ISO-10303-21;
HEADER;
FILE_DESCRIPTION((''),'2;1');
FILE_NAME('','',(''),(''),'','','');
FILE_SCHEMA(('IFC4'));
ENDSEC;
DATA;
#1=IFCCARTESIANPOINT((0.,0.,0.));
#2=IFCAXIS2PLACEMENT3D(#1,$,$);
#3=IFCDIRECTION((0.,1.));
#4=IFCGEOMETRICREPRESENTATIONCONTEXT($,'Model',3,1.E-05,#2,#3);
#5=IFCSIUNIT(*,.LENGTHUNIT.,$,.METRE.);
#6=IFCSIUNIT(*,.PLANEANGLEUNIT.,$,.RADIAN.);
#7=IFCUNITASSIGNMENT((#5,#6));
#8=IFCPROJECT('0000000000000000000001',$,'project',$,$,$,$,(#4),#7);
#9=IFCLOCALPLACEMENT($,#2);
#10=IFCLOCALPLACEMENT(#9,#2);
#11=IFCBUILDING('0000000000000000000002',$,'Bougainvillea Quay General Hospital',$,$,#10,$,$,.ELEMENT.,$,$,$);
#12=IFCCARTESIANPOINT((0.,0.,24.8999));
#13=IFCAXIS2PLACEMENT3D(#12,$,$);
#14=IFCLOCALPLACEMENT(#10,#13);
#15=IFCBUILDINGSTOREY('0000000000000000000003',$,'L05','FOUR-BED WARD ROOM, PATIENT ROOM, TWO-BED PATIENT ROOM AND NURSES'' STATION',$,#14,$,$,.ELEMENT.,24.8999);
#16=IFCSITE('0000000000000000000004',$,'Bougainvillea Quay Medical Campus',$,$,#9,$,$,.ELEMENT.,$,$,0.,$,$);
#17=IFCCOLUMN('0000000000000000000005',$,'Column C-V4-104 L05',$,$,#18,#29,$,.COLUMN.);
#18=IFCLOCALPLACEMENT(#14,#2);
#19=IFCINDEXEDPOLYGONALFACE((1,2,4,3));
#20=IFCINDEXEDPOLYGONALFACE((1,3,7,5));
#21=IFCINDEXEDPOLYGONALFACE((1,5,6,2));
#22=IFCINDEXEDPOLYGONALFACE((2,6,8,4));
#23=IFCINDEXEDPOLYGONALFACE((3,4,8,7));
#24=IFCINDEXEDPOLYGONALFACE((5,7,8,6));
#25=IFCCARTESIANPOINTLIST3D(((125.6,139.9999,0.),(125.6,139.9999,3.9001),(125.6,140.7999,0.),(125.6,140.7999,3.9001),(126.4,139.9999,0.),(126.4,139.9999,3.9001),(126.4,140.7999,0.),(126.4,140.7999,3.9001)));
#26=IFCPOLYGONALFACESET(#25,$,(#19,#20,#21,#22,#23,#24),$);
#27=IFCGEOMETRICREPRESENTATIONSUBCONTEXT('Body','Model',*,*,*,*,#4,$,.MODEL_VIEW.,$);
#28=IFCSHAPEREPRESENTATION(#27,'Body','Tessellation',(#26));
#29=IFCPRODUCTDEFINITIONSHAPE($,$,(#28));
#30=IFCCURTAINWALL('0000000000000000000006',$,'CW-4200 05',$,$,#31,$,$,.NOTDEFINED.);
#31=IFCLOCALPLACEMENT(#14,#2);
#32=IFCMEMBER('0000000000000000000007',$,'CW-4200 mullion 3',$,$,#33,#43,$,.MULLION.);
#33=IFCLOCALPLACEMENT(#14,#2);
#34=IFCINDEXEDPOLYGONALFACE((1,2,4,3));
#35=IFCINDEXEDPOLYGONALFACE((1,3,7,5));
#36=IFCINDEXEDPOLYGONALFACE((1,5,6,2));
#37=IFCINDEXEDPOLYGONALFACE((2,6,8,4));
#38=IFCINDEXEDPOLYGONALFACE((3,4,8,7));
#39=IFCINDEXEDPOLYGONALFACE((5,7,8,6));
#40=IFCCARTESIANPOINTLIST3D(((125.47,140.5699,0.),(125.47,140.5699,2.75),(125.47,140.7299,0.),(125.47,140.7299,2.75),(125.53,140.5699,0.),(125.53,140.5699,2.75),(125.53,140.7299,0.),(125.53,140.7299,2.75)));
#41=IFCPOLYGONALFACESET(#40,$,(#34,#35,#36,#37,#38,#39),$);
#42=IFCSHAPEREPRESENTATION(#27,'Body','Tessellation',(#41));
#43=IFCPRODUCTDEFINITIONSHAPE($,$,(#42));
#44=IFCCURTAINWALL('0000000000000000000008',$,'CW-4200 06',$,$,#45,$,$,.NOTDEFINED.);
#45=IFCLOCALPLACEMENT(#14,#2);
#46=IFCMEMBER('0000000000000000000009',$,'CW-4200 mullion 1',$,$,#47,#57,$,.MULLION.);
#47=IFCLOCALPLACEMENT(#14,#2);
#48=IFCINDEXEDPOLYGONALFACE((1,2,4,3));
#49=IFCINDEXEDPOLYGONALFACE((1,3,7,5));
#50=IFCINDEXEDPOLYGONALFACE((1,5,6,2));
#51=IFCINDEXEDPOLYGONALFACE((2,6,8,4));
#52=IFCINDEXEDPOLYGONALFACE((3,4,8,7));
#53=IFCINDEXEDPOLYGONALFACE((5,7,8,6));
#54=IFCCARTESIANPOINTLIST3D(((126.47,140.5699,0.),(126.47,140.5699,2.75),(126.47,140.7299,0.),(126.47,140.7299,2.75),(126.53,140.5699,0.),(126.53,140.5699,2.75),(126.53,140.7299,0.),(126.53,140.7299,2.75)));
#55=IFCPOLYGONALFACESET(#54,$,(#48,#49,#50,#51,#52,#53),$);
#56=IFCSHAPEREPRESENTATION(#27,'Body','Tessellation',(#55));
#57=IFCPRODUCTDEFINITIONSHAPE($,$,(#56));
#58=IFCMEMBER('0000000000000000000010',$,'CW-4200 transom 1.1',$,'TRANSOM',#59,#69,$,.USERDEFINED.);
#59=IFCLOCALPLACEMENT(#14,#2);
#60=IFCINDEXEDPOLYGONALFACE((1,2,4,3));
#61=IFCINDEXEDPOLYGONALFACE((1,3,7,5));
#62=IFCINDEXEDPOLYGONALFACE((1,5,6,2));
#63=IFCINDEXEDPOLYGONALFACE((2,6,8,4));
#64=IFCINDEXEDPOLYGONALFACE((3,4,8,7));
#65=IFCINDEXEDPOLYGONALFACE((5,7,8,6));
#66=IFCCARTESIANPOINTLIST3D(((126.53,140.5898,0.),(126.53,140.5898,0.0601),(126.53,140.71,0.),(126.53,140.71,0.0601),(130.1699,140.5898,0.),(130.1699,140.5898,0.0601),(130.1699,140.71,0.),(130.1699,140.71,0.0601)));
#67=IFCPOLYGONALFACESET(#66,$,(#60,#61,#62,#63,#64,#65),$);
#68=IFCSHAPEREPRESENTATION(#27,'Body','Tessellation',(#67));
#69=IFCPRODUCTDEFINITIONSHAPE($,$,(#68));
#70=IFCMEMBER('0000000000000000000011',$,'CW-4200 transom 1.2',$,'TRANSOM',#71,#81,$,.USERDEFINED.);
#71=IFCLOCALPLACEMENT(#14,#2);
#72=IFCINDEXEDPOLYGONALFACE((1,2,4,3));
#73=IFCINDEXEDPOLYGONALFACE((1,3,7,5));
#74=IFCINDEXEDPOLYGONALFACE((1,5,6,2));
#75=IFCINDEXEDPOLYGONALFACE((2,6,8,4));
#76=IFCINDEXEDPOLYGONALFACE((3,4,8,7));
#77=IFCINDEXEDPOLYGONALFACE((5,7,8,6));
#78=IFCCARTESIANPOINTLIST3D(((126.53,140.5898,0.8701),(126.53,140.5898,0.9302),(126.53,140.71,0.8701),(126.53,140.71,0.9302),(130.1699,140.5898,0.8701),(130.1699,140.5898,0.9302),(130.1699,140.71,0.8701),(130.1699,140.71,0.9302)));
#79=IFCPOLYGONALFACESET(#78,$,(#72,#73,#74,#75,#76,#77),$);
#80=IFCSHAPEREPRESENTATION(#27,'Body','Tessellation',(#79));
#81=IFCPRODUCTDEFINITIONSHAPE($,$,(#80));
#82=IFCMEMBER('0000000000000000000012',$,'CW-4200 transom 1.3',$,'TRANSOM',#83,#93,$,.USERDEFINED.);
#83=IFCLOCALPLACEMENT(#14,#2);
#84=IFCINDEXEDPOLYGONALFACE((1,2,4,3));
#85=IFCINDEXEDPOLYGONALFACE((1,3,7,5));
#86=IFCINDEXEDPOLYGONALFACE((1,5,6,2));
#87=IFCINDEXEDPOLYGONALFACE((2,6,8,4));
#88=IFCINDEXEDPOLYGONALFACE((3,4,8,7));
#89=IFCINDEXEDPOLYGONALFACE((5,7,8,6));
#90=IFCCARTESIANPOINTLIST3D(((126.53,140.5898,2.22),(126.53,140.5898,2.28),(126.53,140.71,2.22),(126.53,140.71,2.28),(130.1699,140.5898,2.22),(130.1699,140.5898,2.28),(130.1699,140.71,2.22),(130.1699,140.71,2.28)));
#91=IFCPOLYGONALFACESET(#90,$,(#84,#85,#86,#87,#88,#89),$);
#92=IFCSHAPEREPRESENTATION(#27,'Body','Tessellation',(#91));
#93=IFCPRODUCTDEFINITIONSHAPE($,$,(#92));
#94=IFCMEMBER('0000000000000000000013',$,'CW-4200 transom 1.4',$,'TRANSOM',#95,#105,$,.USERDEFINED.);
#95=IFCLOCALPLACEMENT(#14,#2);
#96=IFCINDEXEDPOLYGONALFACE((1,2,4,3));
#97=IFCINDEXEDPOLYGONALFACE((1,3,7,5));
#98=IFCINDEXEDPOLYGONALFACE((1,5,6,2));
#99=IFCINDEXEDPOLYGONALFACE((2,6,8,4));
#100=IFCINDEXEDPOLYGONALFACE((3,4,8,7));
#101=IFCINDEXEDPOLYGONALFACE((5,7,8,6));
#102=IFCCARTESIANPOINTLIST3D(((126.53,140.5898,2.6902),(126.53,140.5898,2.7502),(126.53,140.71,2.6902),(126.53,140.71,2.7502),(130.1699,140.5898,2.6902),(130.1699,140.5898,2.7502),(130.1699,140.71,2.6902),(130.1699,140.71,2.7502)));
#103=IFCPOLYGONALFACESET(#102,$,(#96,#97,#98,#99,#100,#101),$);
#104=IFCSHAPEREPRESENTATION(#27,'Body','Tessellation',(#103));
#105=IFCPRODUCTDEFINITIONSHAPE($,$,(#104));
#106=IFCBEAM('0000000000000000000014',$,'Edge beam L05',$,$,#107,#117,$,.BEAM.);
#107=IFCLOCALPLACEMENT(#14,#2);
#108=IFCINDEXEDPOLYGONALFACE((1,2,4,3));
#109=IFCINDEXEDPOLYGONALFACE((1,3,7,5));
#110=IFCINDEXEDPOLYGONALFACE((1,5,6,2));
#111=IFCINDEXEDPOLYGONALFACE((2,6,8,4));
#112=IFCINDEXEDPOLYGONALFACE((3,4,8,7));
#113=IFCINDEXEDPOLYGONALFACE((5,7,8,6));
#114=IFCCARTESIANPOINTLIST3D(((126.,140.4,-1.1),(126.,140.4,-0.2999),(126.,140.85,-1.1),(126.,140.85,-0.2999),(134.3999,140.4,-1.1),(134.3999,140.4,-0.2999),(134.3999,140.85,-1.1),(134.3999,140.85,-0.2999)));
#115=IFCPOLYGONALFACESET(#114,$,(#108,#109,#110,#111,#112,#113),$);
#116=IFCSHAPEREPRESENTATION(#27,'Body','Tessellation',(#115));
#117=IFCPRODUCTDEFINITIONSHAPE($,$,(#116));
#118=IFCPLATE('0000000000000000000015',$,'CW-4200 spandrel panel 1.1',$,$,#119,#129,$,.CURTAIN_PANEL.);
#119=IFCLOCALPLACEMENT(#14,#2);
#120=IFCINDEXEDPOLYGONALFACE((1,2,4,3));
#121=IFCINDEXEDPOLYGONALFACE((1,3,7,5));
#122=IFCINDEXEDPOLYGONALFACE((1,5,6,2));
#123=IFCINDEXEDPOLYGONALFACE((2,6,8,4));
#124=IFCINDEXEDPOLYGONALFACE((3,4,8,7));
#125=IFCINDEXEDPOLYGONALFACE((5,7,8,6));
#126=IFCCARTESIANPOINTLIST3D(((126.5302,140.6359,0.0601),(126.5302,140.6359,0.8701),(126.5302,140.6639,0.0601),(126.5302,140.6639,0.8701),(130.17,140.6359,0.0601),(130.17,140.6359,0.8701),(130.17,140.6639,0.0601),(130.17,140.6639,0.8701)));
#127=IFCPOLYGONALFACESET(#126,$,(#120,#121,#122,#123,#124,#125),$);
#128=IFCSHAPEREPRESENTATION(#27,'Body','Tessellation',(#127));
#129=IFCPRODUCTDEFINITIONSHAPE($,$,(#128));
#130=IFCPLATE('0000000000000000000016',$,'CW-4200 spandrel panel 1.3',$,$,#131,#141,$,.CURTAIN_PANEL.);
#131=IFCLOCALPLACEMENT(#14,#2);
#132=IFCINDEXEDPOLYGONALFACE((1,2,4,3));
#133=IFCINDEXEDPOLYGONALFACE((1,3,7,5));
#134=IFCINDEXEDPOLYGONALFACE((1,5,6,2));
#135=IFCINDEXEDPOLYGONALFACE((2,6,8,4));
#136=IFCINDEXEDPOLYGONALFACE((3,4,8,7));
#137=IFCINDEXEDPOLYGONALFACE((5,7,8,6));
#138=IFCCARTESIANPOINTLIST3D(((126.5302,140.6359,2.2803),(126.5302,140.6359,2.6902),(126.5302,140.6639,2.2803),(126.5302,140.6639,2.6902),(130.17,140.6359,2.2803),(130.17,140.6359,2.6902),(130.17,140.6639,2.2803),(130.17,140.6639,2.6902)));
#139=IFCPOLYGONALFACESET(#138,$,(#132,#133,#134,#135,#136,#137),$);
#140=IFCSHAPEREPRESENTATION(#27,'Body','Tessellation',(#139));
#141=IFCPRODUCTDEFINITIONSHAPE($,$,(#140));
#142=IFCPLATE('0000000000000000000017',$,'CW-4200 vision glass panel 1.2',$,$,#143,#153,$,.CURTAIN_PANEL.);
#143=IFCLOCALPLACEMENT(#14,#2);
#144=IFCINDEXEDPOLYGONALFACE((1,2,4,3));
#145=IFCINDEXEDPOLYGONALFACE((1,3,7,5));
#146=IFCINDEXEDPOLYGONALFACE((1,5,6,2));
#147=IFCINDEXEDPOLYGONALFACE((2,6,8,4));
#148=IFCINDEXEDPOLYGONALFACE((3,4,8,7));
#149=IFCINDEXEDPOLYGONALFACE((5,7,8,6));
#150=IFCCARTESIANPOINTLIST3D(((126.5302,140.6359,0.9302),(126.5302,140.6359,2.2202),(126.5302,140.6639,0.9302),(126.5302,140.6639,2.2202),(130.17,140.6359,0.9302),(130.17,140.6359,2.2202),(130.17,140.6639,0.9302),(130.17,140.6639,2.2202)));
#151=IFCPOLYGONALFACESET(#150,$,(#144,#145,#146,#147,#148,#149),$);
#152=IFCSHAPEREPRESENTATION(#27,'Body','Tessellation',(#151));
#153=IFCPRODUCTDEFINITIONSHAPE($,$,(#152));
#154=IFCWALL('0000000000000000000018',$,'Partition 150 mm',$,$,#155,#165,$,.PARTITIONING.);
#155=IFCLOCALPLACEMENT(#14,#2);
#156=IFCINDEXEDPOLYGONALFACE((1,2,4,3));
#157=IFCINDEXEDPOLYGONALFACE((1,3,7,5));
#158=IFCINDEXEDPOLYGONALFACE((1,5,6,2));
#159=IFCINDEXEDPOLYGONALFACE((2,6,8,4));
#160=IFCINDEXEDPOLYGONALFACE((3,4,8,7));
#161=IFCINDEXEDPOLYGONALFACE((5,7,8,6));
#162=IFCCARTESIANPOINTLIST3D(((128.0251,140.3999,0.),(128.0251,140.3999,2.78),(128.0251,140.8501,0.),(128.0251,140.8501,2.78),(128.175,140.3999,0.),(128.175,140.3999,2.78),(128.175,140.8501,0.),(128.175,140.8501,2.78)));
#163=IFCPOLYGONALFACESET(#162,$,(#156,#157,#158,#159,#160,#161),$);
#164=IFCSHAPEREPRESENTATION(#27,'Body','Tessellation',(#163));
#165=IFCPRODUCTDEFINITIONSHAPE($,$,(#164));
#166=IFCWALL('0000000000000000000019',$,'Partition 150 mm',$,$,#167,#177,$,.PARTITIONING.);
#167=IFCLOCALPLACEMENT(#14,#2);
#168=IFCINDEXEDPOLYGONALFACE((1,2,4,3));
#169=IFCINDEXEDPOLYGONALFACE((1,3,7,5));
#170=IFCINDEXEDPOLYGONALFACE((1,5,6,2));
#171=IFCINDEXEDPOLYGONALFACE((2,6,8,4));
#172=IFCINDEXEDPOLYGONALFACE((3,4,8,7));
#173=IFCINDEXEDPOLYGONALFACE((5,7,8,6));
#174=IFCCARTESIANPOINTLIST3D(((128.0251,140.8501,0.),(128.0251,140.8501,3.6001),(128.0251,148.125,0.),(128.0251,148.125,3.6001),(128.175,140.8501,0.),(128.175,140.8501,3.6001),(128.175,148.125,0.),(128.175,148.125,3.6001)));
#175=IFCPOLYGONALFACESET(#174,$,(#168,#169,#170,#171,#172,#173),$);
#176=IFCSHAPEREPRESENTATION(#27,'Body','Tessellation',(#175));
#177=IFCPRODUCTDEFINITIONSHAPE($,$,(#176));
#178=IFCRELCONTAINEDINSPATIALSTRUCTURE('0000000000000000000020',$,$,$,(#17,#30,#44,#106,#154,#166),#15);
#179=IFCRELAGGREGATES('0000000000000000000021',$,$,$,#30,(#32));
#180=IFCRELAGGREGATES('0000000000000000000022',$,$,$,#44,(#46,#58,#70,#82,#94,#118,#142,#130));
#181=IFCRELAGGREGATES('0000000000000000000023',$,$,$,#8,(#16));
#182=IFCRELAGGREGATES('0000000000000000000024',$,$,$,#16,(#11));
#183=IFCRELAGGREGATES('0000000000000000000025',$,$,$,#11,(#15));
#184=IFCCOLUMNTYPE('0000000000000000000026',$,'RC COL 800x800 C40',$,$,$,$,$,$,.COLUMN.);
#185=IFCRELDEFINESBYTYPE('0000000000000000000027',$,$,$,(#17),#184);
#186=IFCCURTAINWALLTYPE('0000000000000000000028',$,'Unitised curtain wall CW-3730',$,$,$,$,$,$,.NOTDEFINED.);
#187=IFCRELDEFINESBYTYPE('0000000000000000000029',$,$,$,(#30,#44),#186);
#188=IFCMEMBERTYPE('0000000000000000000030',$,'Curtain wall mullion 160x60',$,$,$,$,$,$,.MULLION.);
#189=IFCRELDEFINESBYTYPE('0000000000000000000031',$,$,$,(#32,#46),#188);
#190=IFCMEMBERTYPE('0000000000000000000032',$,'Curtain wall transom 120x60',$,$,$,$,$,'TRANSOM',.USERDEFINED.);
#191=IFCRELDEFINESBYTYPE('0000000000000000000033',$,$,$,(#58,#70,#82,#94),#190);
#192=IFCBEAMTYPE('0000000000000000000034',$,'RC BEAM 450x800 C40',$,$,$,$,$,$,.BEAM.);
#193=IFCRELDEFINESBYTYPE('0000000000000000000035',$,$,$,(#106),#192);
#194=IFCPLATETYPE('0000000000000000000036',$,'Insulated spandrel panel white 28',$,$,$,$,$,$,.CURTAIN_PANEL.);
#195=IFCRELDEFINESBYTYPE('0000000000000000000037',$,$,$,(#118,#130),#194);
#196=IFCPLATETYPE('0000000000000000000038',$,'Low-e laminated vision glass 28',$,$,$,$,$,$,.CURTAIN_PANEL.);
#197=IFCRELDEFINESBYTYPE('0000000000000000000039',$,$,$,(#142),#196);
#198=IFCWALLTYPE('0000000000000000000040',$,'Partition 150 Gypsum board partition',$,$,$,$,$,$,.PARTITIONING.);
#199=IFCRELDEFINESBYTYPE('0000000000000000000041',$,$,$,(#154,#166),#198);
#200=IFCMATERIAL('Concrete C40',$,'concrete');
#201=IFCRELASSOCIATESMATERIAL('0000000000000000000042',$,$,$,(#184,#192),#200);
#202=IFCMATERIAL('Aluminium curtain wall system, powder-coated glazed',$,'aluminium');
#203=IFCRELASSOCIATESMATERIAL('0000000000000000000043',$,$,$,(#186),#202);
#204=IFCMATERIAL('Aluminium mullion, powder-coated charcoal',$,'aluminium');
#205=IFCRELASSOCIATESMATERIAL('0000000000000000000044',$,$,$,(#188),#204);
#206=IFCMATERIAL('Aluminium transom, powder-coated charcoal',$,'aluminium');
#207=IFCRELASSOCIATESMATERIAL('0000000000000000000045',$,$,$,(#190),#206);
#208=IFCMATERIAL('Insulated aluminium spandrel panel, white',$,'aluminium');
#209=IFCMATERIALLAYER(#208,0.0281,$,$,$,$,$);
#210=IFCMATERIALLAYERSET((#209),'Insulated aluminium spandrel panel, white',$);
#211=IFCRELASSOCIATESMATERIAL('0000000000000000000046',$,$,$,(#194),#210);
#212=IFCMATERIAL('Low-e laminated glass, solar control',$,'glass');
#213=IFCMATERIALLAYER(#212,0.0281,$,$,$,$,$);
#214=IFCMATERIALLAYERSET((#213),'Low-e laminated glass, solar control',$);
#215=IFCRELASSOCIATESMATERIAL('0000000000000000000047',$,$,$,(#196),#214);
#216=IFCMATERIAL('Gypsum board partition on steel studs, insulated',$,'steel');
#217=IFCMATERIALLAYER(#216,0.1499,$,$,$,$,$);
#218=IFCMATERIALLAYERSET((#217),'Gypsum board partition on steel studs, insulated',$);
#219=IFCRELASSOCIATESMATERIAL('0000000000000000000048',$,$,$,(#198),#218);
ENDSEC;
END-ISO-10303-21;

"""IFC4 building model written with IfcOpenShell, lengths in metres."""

from ifc_helpers import new_model, si_unit, direction, frame, frame_2d, origin, origin_2d, place, context, subcontext, project, spatial, rectangle, extrude, material, layer, layer_set, material_profile, profile_set, type_object, element, aggregate, save


model = new_model("IFC4")

# Units and contexts
model_context = context("Model", 3, precision=1e-05, world=origin(), true_north=direction((0.0, 1.0)))
body_context = subcontext(model_context, "Body", "Model", "MODEL_VIEW")
ifc_project = project(units=[si_unit("LENGTHUNIT", "METRE"), si_unit("PLANEANGLEUNIT", "RADIAN")], contexts=[model_context])

# Site, building, storey
site_placement = place(None, origin())
site = spatial("IfcSite", under=ifc_project, at=site_placement, Name="Bougainvillea Quay Medical Campus", CompositionType="ELEMENT", RefElevation=0.0)
building_placement = place(site_placement, origin())
building = spatial("IfcBuilding", under=site, at=building_placement, Name="Bougainvillea Quay General Hospital", CompositionType="ELEMENT")
storey_placement = place(building_placement, frame((0.0, 0.0, 24.8999)))
storey = spatial("IfcBuildingStorey", under=building, at=storey_placement, Name="L05", Description="FOUR-BED WARD ROOM, PATIENT ROOM, TWO-BED PATIENT ROOM AND NURSES' STATION", CompositionType="ELEMENT", Elevation=24.8999)

# Column
ifc_material_1 = material(Name="Concrete C40", Category="concrete")
ifc_material_profile_1 = material_profile(ifc_material_1, rectangle(XDim=0.8, YDim=0.8, at=origin_2d()))
ifc_profile_set_1 = profile_set([ifc_material_profile_1], Name="Concrete C40")
column_type = type_object("IfcColumnType", Name="RC COL 800x800 C40", PredefinedType="COLUMN", material=ifc_profile_set_1)
column_placement = place(storey_placement, frame((126.0, 140.3999, 0.0), z_axis=(0.0, 0.0, 1.0), x_axis=(1.0, 0.0, 0.0)))
element("IfcColumn", 1, at=column_placement, inside=storey, type_object=column_type, Name="Column C-V4-104 L05", PredefinedType="COLUMN", context=body_context, shape_type="SweptSolid", body=[
    extrude(rectangle(XDim=0.8, YDim=0.8, at=origin_2d()), origin(), (0.0, 0.0, 1.0), 3.9001),
])

# Curtain wall, member
ifc_material_2 = material(Name="Aluminium curtain wall system, powder-coated glazed", Category="aluminium")
curtain_wall_type = type_object("IfcCurtainWallType", Name="Unitised curtain wall CW-3730", PredefinedType="NOTDEFINED", material=ifc_material_2)
curtain_wall_1_placement = place(storey_placement, origin())
curtain_wall_1 = element("IfcCurtainWall", 2, at=curtain_wall_1_placement, inside=storey, type_object=curtain_wall_type, Name="CW-4200 05", PredefinedType="NOTDEFINED")
ifc_material_3 = material(Name="Aluminium mullion, powder-coated charcoal", Category="aluminium")
ifc_material_profile_2 = material_profile(ifc_material_3, rectangle(XDim=0.1599, YDim=0.0601, at=origin_2d()))
ifc_profile_set_2 = profile_set([ifc_material_profile_2], Name="Aluminium mullion, powder-coated charcoal")
member_type_1 = type_object("IfcMemberType", Name="Curtain wall mullion 160x60", PredefinedType="MULLION", material=ifc_profile_set_2)
member_1_placement = place(storey_placement, frame((125.5, 140.6499, 0.0), z_axis=(0.0, 0.0, 1.0), x_axis=(0.0, 1.0, 0.0)))
member_1 = element("IfcMember", 3, at=member_1_placement, type_object=member_type_1, Name="CW-4200 mullion 3", PredefinedType="MULLION", context=body_context, shape_type="SweptSolid", body=[
    extrude(rectangle(XDim=0.1599, YDim=0.0601, at=origin_2d()), origin(), (0.0, 0.0, 1.0), 2.75),
])
aggregate(curtain_wall_1, [member_1])

# Curtain wall, members
curtain_wall_2_placement = place(storey_placement, origin())
curtain_wall_2 = element("IfcCurtainWall", 4, at=curtain_wall_2_placement, inside=storey, type_object=curtain_wall_type, Name="CW-4200 06", PredefinedType="NOTDEFINED")
member_2_placement = place(storey_placement, frame((126.5, 140.6499, 0.0), z_axis=(0.0, 0.0, 1.0), x_axis=(0.0, 1.0, 0.0)))
member_2 = element("IfcMember", 5, at=member_2_placement, type_object=member_type_1, Name="CW-4200 mullion 1", PredefinedType="MULLION", context=body_context, shape_type="SweptSolid", body=[
    extrude(rectangle(XDim=0.1599, YDim=0.0601, at=origin_2d()), origin(), (0.0, 0.0, 1.0), 2.75),
])
ifc_material_4 = material(Name="Aluminium transom, powder-coated charcoal", Category="aluminium")
ifc_material_profile_3 = material_profile(ifc_material_4, rectangle(XDim=0.1201, YDim=0.0601, at=origin_2d()))
ifc_profile_set_3 = profile_set([ifc_material_profile_3], Name="Aluminium transom, powder-coated charcoal")
member_type_2 = type_object("IfcMemberType", Name="Curtain wall transom 120x60", ElementType="TRANSOM", PredefinedType="USERDEFINED", material=ifc_profile_set_3)
member_3_placement = place(storey_placement, frame((126.53, 140.6499, 0.03), z_axis=(1.0, 0.0, 0.0), x_axis=(0.0, 1.0, 0.0)))
member_3 = element("IfcMember", 6, at=member_3_placement, type_object=member_type_2, Name="CW-4200 transom 1.1", ObjectType="TRANSOM", PredefinedType="USERDEFINED", context=body_context, shape_type="SweptSolid", body=[
    extrude(rectangle(XDim=0.1201, YDim=0.0601, at=origin_2d()), origin(), (0.0, 0.0, 1.0), 3.6399),
])
member_4_placement = place(storey_placement, frame((126.53, 140.6499, 0.9001), z_axis=(1.0, 0.0, 0.0), x_axis=(0.0, 1.0, 0.0)))
member_4 = element("IfcMember", 7, at=member_4_placement, type_object=member_type_2, Name="CW-4200 transom 1.2", ObjectType="TRANSOM", PredefinedType="USERDEFINED", context=body_context, shape_type="SweptSolid", body=[
    extrude(rectangle(XDim=0.1201, YDim=0.0601, at=origin_2d()), origin(), (0.0, 0.0, 1.0), 3.6399),
])
member_5_placement = place(storey_placement, frame((126.53, 140.6499, 2.25), z_axis=(1.0, 0.0, 0.0), x_axis=(0.0, 1.0, 0.0)))
member_5 = element("IfcMember", 8, at=member_5_placement, type_object=member_type_2, Name="CW-4200 transom 1.3", ObjectType="TRANSOM", PredefinedType="USERDEFINED", context=body_context, shape_type="SweptSolid", body=[
    extrude(rectangle(XDim=0.1201, YDim=0.0601, at=origin_2d()), origin(), (0.0, 0.0, 1.0), 3.6399),
])
member_6_placement = place(storey_placement, frame((126.53, 140.6499, 2.7202), z_axis=(1.0, 0.0, 0.0), x_axis=(0.0, 1.0, 0.0)))
member_6 = element("IfcMember", 9, at=member_6_placement, type_object=member_type_2, Name="CW-4200 transom 1.4", ObjectType="TRANSOM", PredefinedType="USERDEFINED", context=body_context, shape_type="SweptSolid", body=[
    extrude(rectangle(XDim=0.1201, YDim=0.0601, at=origin_2d()), origin(), (0.0, 0.0, 1.0), 3.6399),
])

# Beam
ifc_material_profile_4 = material_profile(ifc_material_1, rectangle(XDim=0.45, YDim=0.8, at=origin_2d()))
ifc_profile_set_4 = profile_set([ifc_material_profile_4], Name="Concrete C40")
beam_type = type_object("IfcBeamType", Name="RC BEAM 450x800 C40", PredefinedType="BEAM", material=ifc_profile_set_4)
beam_placement = place(storey_placement, frame((126.0, 140.625, -0.7), z_axis=(1.0, 0.0, 0.0), x_axis=(0.0, 1.0, 0.0)))
element("IfcBeam", 10, at=beam_placement, inside=storey, type_object=beam_type, Name="Edge beam L05", PredefinedType="BEAM", context=body_context, shape_type="SweptSolid", body=[
    extrude(rectangle(XDim=0.45, YDim=0.8, at=origin_2d()), origin(), (0.0, 0.0, 1.0), 8.3999),
])

# Plates
ifc_material_5 = material(Name="Insulated aluminium spandrel panel, white", Category="aluminium")
ifc_layer_1 = layer(ifc_material_5, 0.0281)
ifc_layer_set_1 = layer_set([ifc_layer_1], Name="Insulated aluminium spandrel panel, white")
plate_type_1 = type_object("IfcPlateType", Name="Insulated spandrel panel white 28", PredefinedType="CURTAIN_PANEL", material=ifc_layer_set_1)
plate_1_placement = place(storey_placement, frame((128.3501, 140.6499, 0.0601), z_axis=(0.0, 0.0, 1.0), x_axis=(1.0, 0.0, 0.0)))
plate_1 = element("IfcPlate", 11, at=plate_1_placement, type_object=plate_type_1, Name="CW-4200 spandrel panel 1.1", PredefinedType="CURTAIN_PANEL", context=body_context, shape_type="SweptSolid", body=[
    extrude(rectangle(XDim=3.6399, YDim=0.0281, at=origin_2d()), origin(), (0.0, 0.0, 1.0), 0.8101),
])
plate_2_placement = place(storey_placement, frame((128.3501, 140.6499, 2.2803), z_axis=(0.0, 0.0, 1.0), x_axis=(1.0, 0.0, 0.0)))
plate_2 = element("IfcPlate", 12, at=plate_2_placement, type_object=plate_type_1, Name="CW-4200 spandrel panel 1.3", PredefinedType="CURTAIN_PANEL", context=body_context, shape_type="SweptSolid", body=[
    extrude(rectangle(XDim=3.6399, YDim=0.0281, at=origin_2d()), origin(), (0.0, 0.0, 1.0), 0.4099),
])
ifc_material_6 = material(Name="Low-e laminated glass, solar control", Category="glass")
ifc_layer_2 = layer(ifc_material_6, 0.0281)
ifc_layer_set_2 = layer_set([ifc_layer_2], Name="Low-e laminated glass, solar control")
plate_type_2 = type_object("IfcPlateType", Name="Low-e laminated vision glass 28", PredefinedType="CURTAIN_PANEL", material=ifc_layer_set_2)
plate_3_placement = place(storey_placement, frame((128.3501, 140.6499, 0.9302), z_axis=(0.0, 0.0, 1.0), x_axis=(1.0, 0.0, 0.0)))
plate_3 = element("IfcPlate", 13, at=plate_3_placement, type_object=plate_type_2, Name="CW-4200 vision glass panel 1.2", PredefinedType="CURTAIN_PANEL", context=body_context, shape_type="SweptSolid", body=[
    extrude(rectangle(XDim=3.6399, YDim=0.0281, at=origin_2d()), origin(), (0.0, 0.0, 1.0), 1.29),
])
aggregate(curtain_wall_2, [member_2, member_3, member_4, member_5, member_6, plate_1, plate_3, plate_2])

# Walls
ifc_material_7 = material(Name="Gypsum board partition on steel studs, insulated", Category="steel")
ifc_layer_3 = layer(ifc_material_7, 0.1499)
ifc_layer_set_3 = layer_set([ifc_layer_3], Name="Gypsum board partition on steel studs, insulated")
wall_type = type_object("IfcWallType", Name="Partition 150 Gypsum board partition", PredefinedType="PARTITIONING", material=ifc_layer_set_3)
wall_1_placement = place(storey_placement, frame((128.1001, 140.3999, 0.0), z_axis=(0.0, 0.0, 1.0), x_axis=(0.0, 1.0, 0.0)))
element("IfcWall", 14, at=wall_1_placement, inside=storey, type_object=wall_type, Name="Partition 150 mm", PredefinedType="PARTITIONING", context=body_context, shape_type="SweptSolid", body=[
    extrude(rectangle(XDim=0.4502, YDim=0.1499, at=frame_2d((0.2251, 0.0))), origin(), (0.0, 0.0, 1.0), 2.78),
])
wall_2_placement = place(storey_placement, frame((128.1001, 140.8501, 0.0), z_axis=(0.0, 0.0, 1.0), x_axis=(0.0, 1.0, 0.0)))
element("IfcWall", 15, at=wall_2_placement, inside=storey, type_object=wall_type, Name="Partition 150 mm", PredefinedType="PARTITIONING", context=body_context, shape_type="SweptSolid", body=[
    extrude(rectangle(XDim=7.2749, YDim=0.1499, at=frame_2d((3.6375, 0.0))), origin(), (0.0, 0.0, 1.0), 3.6001),
])

save(model, "model.ifc")
